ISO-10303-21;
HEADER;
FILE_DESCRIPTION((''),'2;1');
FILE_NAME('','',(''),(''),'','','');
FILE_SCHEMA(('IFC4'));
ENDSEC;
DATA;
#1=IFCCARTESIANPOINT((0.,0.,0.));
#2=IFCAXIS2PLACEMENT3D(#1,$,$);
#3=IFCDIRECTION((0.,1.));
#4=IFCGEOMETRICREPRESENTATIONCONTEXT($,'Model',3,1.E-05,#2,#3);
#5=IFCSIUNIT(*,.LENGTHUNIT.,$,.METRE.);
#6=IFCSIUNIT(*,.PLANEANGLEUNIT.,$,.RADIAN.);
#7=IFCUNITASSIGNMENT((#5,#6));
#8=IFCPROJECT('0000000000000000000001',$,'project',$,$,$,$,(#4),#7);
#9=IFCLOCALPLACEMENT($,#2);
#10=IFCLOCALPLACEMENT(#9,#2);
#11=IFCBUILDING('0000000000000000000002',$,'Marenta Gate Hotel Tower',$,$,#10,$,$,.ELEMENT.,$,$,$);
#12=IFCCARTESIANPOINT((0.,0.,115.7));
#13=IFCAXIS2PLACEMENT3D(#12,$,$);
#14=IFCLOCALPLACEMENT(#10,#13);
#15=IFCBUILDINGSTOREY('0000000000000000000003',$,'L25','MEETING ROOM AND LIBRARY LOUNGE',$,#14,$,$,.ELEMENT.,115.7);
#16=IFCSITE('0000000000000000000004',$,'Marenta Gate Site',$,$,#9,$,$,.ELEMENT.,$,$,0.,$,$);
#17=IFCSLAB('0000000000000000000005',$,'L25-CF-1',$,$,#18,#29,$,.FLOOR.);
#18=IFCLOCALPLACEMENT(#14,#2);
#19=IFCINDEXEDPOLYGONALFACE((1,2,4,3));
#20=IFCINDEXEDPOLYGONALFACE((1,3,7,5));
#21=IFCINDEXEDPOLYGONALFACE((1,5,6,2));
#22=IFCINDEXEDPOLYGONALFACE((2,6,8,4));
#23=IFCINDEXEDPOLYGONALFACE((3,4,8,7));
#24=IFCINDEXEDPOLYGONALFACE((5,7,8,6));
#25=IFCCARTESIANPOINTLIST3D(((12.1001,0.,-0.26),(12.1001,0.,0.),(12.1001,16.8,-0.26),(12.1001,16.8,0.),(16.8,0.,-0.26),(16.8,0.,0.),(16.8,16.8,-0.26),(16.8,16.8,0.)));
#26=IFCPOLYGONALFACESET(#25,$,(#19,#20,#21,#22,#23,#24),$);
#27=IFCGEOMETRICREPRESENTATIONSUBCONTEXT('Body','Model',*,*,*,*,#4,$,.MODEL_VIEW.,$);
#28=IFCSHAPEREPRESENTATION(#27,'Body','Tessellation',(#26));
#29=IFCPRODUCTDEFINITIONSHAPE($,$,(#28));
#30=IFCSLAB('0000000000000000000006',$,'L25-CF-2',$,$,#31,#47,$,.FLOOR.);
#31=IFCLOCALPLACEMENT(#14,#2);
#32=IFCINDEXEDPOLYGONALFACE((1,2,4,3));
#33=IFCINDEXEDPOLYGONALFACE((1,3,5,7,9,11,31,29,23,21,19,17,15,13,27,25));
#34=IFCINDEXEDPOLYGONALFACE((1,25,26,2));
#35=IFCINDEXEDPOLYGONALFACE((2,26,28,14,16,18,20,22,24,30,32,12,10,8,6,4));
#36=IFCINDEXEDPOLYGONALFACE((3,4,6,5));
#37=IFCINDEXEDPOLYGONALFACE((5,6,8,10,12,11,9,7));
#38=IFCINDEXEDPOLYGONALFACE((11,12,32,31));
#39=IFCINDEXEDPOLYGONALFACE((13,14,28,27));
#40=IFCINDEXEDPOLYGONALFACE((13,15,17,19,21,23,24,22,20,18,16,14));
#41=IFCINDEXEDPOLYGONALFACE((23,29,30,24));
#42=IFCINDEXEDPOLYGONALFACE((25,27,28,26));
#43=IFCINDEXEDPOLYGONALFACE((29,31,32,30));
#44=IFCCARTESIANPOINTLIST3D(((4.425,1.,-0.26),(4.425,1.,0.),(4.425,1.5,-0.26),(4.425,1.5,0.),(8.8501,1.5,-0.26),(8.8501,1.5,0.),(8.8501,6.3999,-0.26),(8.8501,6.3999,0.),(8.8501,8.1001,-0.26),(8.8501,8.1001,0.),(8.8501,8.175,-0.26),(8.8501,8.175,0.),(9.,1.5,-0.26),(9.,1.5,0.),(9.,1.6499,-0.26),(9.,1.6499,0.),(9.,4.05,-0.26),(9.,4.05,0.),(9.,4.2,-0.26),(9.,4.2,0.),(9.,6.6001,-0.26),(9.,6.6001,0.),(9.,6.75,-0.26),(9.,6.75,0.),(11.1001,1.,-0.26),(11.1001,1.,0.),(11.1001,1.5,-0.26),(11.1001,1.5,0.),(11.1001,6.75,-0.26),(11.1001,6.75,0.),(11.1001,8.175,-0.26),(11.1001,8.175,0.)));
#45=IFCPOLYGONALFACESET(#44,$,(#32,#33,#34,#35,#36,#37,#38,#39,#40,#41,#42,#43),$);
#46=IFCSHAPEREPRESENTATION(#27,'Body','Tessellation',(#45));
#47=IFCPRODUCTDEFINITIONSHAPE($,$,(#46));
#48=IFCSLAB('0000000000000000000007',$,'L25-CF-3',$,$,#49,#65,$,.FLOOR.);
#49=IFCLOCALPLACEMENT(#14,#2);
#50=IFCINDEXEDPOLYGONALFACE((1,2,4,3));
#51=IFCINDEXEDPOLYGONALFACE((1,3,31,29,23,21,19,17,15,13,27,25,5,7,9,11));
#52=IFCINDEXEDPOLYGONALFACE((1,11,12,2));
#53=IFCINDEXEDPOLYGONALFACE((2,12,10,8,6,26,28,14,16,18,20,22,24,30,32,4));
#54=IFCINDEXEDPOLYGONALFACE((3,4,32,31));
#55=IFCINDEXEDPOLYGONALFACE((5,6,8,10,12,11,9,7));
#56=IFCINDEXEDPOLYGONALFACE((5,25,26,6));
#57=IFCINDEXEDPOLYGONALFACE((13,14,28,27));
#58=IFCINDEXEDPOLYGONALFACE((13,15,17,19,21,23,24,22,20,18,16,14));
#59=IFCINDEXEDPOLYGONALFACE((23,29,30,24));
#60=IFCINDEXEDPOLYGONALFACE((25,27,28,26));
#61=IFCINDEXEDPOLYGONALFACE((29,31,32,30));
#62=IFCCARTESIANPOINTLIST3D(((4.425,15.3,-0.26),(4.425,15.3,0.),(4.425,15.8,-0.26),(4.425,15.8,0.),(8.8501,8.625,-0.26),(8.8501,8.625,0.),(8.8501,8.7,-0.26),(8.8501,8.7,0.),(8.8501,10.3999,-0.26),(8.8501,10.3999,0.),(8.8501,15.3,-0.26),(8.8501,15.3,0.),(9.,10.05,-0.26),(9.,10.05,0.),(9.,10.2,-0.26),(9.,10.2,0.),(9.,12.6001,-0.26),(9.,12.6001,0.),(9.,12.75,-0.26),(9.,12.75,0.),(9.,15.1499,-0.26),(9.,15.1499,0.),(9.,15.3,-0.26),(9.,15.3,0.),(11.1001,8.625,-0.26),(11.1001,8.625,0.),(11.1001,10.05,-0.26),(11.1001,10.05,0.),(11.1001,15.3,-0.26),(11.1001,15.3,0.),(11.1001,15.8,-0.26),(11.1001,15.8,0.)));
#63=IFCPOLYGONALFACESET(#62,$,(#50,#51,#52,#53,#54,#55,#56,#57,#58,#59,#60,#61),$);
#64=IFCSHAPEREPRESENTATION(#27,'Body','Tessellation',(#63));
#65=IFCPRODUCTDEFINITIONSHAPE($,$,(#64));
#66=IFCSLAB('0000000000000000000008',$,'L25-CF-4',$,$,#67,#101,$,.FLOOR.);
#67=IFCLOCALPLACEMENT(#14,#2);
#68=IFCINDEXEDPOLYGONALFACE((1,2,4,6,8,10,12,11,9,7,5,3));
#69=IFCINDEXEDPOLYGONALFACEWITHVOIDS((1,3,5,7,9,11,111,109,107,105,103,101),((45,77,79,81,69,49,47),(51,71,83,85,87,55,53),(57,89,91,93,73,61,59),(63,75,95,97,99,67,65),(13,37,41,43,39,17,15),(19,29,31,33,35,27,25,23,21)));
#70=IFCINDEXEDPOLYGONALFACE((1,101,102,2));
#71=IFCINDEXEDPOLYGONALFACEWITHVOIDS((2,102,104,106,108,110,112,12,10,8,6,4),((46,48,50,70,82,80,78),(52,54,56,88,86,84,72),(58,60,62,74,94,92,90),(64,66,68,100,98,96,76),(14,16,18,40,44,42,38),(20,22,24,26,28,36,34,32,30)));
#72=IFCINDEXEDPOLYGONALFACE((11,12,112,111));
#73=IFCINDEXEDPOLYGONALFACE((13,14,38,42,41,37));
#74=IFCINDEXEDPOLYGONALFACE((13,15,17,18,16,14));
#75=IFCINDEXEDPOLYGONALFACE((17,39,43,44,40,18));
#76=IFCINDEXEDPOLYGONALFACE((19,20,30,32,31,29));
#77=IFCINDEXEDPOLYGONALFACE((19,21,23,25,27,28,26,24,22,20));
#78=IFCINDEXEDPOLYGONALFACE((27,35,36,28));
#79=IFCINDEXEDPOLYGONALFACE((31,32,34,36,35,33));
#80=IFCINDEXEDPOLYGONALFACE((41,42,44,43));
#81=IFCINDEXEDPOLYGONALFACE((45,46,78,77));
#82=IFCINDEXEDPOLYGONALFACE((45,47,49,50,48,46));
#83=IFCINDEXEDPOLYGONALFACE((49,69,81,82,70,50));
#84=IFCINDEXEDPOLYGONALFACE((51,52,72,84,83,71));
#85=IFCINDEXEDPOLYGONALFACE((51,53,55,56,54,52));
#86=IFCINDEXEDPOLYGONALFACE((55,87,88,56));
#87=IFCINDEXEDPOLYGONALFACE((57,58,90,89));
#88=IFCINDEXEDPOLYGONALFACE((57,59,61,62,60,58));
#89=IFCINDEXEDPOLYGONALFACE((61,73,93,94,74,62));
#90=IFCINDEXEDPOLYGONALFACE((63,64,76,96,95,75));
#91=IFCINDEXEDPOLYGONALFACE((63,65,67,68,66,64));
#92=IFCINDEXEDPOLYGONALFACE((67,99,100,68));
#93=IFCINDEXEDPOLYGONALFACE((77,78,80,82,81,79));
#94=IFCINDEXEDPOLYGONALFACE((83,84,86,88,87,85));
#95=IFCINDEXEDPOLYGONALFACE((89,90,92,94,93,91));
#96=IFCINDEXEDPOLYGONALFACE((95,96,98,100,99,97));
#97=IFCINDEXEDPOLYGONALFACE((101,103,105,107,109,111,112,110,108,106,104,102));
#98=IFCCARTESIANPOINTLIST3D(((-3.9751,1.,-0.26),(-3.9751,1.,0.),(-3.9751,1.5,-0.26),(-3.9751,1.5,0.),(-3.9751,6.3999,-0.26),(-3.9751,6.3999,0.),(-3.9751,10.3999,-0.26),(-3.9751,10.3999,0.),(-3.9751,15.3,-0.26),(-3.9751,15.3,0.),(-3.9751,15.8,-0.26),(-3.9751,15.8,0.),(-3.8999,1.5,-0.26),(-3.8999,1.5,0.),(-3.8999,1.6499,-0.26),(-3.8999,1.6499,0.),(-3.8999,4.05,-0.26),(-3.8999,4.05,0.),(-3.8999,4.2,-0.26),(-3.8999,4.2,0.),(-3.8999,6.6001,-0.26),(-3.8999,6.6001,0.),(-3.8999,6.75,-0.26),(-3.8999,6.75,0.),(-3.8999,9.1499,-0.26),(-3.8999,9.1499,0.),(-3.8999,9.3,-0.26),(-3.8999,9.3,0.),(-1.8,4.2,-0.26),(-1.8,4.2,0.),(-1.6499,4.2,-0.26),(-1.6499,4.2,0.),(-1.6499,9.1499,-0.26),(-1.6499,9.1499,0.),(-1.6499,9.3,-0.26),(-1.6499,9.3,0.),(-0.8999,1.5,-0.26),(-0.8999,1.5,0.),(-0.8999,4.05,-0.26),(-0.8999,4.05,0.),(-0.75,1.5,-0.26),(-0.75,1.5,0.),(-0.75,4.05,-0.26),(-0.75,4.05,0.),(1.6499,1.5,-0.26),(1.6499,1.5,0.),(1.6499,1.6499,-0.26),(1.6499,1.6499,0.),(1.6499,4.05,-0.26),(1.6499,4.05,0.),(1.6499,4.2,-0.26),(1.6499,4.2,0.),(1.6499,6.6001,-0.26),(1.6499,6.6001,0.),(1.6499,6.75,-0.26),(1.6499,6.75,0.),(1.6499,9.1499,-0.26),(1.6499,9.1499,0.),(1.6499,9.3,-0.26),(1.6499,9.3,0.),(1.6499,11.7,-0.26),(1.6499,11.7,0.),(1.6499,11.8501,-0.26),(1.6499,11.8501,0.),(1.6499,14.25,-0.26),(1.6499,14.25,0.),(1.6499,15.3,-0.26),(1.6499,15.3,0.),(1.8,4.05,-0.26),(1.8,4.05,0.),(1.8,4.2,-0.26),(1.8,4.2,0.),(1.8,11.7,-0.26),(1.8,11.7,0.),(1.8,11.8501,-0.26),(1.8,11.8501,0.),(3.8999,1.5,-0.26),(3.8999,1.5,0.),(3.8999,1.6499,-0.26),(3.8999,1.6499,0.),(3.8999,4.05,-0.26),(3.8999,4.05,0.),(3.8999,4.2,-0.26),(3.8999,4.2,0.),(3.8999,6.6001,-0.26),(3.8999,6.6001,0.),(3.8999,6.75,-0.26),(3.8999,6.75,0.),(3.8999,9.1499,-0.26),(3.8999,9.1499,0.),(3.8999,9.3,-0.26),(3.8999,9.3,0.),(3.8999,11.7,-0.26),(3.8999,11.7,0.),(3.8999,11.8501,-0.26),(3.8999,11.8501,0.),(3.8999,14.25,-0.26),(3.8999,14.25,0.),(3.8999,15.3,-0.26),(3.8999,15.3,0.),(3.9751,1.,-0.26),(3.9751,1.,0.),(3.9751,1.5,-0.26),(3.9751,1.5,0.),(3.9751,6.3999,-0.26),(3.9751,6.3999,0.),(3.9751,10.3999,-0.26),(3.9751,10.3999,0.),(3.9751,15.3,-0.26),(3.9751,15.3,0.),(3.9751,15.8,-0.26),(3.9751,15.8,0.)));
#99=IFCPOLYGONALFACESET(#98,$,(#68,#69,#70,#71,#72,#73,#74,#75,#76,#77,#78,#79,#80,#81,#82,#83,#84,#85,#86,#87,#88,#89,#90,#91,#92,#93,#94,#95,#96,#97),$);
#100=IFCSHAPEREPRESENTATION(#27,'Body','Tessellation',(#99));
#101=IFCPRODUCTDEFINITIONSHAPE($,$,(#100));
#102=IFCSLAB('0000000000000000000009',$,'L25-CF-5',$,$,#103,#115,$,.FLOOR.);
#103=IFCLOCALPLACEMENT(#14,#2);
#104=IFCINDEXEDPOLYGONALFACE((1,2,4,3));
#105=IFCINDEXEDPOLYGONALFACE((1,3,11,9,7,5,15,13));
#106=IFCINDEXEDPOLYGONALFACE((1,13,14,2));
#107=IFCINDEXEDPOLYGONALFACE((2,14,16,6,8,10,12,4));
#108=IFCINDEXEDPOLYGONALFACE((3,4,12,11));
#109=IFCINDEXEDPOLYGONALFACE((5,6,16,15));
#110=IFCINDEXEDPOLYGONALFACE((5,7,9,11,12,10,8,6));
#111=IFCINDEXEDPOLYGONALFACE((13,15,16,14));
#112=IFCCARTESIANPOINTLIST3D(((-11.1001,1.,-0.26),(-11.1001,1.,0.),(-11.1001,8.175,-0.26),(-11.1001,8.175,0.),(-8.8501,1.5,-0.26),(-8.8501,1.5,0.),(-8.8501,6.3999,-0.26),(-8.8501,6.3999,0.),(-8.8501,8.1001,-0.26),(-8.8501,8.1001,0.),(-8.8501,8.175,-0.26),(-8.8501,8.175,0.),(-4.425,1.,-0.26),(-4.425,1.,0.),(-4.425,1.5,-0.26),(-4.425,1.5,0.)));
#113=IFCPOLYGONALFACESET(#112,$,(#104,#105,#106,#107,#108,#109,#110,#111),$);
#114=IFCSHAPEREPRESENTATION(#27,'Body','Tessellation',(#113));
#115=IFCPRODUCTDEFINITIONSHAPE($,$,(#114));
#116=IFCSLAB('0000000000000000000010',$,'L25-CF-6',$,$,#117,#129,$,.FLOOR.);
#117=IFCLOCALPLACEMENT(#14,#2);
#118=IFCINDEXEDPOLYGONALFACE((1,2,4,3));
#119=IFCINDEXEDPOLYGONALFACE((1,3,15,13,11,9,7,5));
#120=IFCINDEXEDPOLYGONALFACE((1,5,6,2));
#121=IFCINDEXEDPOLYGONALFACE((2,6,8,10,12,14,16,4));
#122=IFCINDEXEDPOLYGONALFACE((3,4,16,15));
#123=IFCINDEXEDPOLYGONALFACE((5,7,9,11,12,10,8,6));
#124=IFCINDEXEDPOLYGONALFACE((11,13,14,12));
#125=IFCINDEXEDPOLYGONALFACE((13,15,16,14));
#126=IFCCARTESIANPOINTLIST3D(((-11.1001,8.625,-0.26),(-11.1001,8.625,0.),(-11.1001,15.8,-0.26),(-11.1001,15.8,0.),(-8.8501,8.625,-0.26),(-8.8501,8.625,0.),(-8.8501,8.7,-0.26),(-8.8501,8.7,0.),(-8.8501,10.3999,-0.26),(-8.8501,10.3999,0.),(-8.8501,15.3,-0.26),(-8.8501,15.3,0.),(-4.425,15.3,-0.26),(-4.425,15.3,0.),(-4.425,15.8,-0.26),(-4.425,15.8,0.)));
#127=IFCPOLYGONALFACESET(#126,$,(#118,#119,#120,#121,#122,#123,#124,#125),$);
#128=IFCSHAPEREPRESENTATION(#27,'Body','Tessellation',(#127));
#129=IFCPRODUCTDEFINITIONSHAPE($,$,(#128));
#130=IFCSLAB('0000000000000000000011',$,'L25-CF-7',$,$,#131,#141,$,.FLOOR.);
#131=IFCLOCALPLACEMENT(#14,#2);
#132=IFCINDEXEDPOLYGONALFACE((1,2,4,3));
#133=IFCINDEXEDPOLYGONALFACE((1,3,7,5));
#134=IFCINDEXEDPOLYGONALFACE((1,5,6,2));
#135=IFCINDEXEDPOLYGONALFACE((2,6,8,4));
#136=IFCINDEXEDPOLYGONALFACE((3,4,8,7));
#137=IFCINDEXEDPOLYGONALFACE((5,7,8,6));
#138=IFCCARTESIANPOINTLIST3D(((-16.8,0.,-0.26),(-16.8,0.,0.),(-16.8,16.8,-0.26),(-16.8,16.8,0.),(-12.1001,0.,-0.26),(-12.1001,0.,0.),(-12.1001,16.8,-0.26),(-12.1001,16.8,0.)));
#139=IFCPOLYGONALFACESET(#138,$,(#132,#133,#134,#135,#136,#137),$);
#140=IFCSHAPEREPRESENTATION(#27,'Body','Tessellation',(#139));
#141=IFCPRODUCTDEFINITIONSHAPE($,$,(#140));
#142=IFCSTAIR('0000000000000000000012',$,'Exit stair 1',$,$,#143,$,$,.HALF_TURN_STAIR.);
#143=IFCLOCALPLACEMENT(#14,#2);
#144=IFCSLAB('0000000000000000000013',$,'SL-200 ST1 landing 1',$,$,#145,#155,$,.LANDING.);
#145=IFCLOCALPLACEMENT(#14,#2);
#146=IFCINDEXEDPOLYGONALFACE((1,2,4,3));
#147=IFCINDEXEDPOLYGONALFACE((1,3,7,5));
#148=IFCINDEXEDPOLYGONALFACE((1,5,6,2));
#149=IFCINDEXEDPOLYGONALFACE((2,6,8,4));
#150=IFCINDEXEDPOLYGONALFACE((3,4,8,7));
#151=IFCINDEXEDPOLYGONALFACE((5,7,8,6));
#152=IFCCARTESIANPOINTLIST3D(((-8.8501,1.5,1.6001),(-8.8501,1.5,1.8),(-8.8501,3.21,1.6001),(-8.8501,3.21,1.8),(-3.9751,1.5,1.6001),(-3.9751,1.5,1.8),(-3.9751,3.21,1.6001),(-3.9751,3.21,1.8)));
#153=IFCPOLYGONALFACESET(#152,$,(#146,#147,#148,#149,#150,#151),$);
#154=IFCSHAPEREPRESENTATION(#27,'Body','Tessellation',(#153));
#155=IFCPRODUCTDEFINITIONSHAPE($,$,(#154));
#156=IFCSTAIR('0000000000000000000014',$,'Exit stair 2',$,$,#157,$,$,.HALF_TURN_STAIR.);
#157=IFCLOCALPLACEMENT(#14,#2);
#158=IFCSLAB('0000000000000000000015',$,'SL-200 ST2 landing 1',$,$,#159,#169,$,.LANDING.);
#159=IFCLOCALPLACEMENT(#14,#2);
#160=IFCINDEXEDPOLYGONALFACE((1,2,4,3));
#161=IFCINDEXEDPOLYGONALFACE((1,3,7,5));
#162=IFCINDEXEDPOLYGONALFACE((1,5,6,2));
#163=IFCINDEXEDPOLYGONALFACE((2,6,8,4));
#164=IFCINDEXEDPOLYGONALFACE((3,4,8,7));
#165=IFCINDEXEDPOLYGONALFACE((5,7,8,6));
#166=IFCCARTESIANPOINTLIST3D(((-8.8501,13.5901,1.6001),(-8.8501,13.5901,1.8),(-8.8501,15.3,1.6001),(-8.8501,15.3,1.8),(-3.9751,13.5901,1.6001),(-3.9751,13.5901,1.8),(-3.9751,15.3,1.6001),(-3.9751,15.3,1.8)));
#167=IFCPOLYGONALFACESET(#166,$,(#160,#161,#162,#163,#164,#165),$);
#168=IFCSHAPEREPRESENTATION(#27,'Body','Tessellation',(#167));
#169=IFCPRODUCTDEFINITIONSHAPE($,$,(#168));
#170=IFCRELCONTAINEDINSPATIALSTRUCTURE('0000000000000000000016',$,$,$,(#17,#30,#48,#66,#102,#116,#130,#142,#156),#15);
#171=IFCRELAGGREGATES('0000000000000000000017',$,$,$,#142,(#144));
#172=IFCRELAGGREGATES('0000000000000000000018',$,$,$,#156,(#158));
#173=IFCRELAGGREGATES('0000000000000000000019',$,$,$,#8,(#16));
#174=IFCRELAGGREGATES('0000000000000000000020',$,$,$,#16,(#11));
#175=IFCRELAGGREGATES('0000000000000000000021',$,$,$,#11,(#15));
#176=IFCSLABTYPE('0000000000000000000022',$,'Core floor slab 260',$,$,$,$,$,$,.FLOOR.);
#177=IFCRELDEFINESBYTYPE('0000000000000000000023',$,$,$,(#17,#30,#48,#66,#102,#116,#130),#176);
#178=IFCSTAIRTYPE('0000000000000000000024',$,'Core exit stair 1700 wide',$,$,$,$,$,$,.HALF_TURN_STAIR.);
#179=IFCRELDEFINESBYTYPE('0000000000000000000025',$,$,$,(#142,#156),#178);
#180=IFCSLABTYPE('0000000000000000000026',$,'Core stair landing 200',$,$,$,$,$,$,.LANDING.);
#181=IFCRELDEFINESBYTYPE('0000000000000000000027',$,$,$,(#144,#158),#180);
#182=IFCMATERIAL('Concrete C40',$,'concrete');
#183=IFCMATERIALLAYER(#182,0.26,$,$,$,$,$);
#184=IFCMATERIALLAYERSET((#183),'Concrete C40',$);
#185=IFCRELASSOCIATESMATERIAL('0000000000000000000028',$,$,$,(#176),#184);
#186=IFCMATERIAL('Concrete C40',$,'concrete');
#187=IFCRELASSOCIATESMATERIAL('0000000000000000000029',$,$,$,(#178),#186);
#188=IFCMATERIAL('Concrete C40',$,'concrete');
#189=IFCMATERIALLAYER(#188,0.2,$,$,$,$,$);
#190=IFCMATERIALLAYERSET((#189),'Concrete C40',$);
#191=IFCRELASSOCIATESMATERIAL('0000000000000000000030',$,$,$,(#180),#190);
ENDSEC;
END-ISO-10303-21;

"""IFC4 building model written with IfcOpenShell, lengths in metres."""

from ifc_helpers import new_model, si_unit, direction, frame, origin, place, context, subcontext, project, spatial, polyline, outline, extrude, material, layer, layer_set, type_object, element, aggregate, save


model = new_model("IFC4")

# Units and contexts
model_context = context("Model", 3, precision=1e-05, world=origin(), true_north=direction((0.0, 1.0)))
body_context = subcontext(model_context, "Body", "Model", "MODEL_VIEW")
ifc_project = project(units=[si_unit("LENGTHUNIT", "METRE"), si_unit("PLANEANGLEUNIT", "RADIAN")], contexts=[model_context])

# Site, building, storey
site_placement = place(None, origin())
site = spatial("IfcSite", under=ifc_project, at=site_placement, Name="Marenta Gate Site", CompositionType="ELEMENT", RefElevation=0.0)
building_placement = place(site_placement, origin())
building = spatial("IfcBuilding", under=site, at=building_placement, Name="Marenta Gate Hotel Tower", CompositionType="ELEMENT")
storey_placement = place(building_placement, frame((0.0, 0.0, 115.7)))
storey = spatial("IfcBuildingStorey", under=building, at=storey_placement, Name="L25", Description="MEETING ROOM AND LIBRARY LOUNGE", CompositionType="ELEMENT", Elevation=115.7)

# Slabs
ifc_material_1 = material(Name="Concrete C40", Category="concrete")
ifc_layer_1 = layer(ifc_material_1, 0.26)
ifc_layer_set_1 = layer_set([ifc_layer_1], Name="Concrete C40")
slab_type_1 = type_object("IfcSlabType", Name="Core floor slab 260", PredefinedType="FLOOR", material=ifc_layer_set_1)
slab_1_placement = place(storey_placement, frame((0.0, 0.0, -0.26)))
element("IfcSlab", 1, at=slab_1_placement, inside=storey, type_object=slab_type_1, Name="L25-CF-1", PredefinedType="FLOOR", context=body_context, shape_type="SweptSolid", body=[
    extrude(outline(polyline([(12.1001, 0.0), (12.1001, 16.8), (16.8, 16.8), (16.8, 0.0), (12.1001, 0.0)])), origin(), (0.0, 0.0, 1.0), 0.26),
])
slab_2_placement = place(storey_placement, frame((0.0, 0.0, -0.26)))
element("IfcSlab", 2, at=slab_2_placement, inside=storey, type_object=slab_type_1, Name="L25-CF-2", PredefinedType="FLOOR", context=body_context, shape_type="SweptSolid", body=[
    extrude(outline(polyline([(8.8501, 1.5), (8.8501, 6.3999), (8.8501, 8.1001), (8.8501, 8.175), (11.1001, 8.175), (11.1001, 6.75), (9.0, 6.75), (9.0, 6.6001), (9.0, 4.2), (9.0, 4.05), (9.0, 1.6499), (9.0, 1.5), (11.1001, 1.5), (11.1001, 1.0), (4.425, 1.0), (4.425, 1.5), (8.8501, 1.5)])), origin(), (0.0, 0.0, 1.0), 0.26),
])
slab_3_placement = place(storey_placement, frame((0.0, 0.0, -0.26)))
element("IfcSlab", 3, at=slab_3_placement, inside=storey, type_object=slab_type_1, Name="L25-CF-3", PredefinedType="FLOOR", context=body_context, shape_type="SweptSolid", body=[
    extrude(outline(polyline([(8.8501, 15.3), (4.425, 15.3), (4.425, 15.8), (11.1001, 15.8), (11.1001, 15.3), (9.0, 15.3), (9.0, 15.1499), (9.0, 12.75), (9.0, 12.6001), (9.0, 10.2), (9.0, 10.05), (11.1001, 10.05), (11.1001, 8.625), (8.8501, 8.625), (8.8501, 8.7), (8.8501, 10.3999), (8.8501, 15.3)])), origin(), (0.0, 0.0, 1.0), 0.26),
])
slab_4_placement = place(storey_placement, frame((0.0, 0.0, -0.26)))
element("IfcSlab", 4, at=slab_4_placement, inside=storey, type_object=slab_type_1, Name="L25-CF-4", PredefinedType="FLOOR", context=body_context, shape_type="SweptSolid", body=[
    extrude(outline(polyline([(3.9751, 15.3), (3.9751, 10.3999), (3.9751, 6.3999), (3.9751, 1.5), (3.9751, 1.0), (-3.9751, 1.0), (-3.9751, 1.5), (-3.9751, 6.3999), (-3.9751, 10.3999), (-3.9751, 15.3), (-3.9751, 15.8), (3.9751, 15.8), (3.9751, 15.3)]), holes=[polyline([(1.6499, 1.5), (3.8999, 1.5), (3.8999, 1.6499), (3.8999, 4.05), (1.8, 4.05), (1.6499, 4.05), (1.6499, 1.6499), (1.6499, 1.5)]), polyline([(1.6499, 6.6001), (1.6499, 4.2), (1.8, 4.2), (3.8999, 4.2), (3.8999, 6.6001), (3.8999, 6.75), (1.6499, 6.75), (1.6499, 6.6001)]), polyline([(1.6499, 9.1499), (3.8999, 9.1499), (3.8999, 9.3), (3.8999, 11.7), (1.8, 11.7), (1.6499, 11.7), (1.6499, 9.3), (1.6499, 9.1499)]), polyline([(1.6499, 15.3), (1.6499, 14.25), (1.6499, 11.8501), (1.8, 11.8501), (3.8999, 11.8501), (3.8999, 14.25), (3.8999, 15.3), (1.6499, 15.3)]), polyline([(-3.8999, 4.05), (-3.8999, 1.6499), (-3.8999, 1.5), (-0.8999, 1.5), (-0.75, 1.5), (-0.75, 4.05), (-0.8999, 4.05), (-3.8999, 4.05)]), polyline([(-1.8, 4.2), (-1.6499, 4.2), (-1.6499, 9.1499), (-1.6499, 9.3), (-3.8999, 9.3), (-3.8999, 9.1499), (-3.8999, 6.75), (-3.8999, 6.6001), (-3.8999, 4.2), (-1.8, 4.2)])]), origin(), (0.0, 0.0, 1.0), 0.26),
])
slab_5_placement = place(storey_placement, frame((0.0, 0.0, -0.26)))
element("IfcSlab", 5, at=slab_5_placement, inside=storey, type_object=slab_type_1, Name="L25-CF-5", PredefinedType="FLOOR", context=body_context, shape_type="SweptSolid", body=[
    extrude(outline(polyline([(-8.8501, 8.175), (-8.8501, 8.1001), (-8.8501, 6.3999), (-8.8501, 1.5), (-4.425, 1.5), (-4.425, 1.0), (-11.1001, 1.0), (-11.1001, 8.175), (-8.8501, 8.175)])), origin(), (0.0, 0.0, 1.0), 0.26),
])
slab_6_placement = place(storey_placement, frame((0.0, 0.0, -0.26)))
element("IfcSlab", 6, at=slab_6_placement, inside=storey, type_object=slab_type_1, Name="L25-CF-6", PredefinedType="FLOOR", context=body_context, shape_type="SweptSolid", body=[
    extrude(outline(polyline([(-4.425, 15.3), (-8.8501, 15.3), (-8.8501, 10.3999), (-8.8501, 8.7), (-8.8501, 8.625), (-11.1001, 8.625), (-11.1001, 15.8), (-4.425, 15.8), (-4.425, 15.3)])), origin(), (0.0, 0.0, 1.0), 0.26),
])
slab_7_placement = place(storey_placement, frame((0.0, 0.0, -0.26)))
element("IfcSlab", 7, at=slab_7_placement, inside=storey, type_object=slab_type_1, Name="L25-CF-7", PredefinedType="FLOOR", context=body_context, shape_type="SweptSolid", body=[
    extrude(outline(polyline([(-12.1001, 16.8), (-12.1001, 0.0), (-16.8, 0.0), (-16.8, 16.8), (-12.1001, 16.8)])), origin(), (0.0, 0.0, 1.0), 0.26),
])

# Stairs, slabs
ifc_material_2 = material(Name="Concrete C40", Category="concrete")
stair_type_1 = type_object("IfcStairType", Name="Core exit stair 1700 wide", PredefinedType="HALF_TURN_STAIR", material=ifc_material_2)
stair_1_placement = place(storey_placement, origin())
stair_1 = element("IfcStair", 8, at=stair_1_placement, inside=storey, type_object=stair_type_1, Name="Exit stair 1", PredefinedType="HALF_TURN_STAIR")
ifc_material_3 = material(Name="Concrete C40", Category="concrete")
ifc_layer_2 = layer(ifc_material_3, 0.2)
ifc_layer_set_2 = layer_set([ifc_layer_2], Name="Concrete C40")
slab_type_2 = type_object("IfcSlabType", Name="Core stair landing 200", PredefinedType="LANDING", material=ifc_layer_set_2)
slab_8_placement = place(storey_placement, frame((0.0, 0.0, 1.6001)))
slab_8 = element("IfcSlab", 9, at=slab_8_placement, type_object=slab_type_2, Name="SL-200 ST1 landing 1", PredefinedType="LANDING", context=body_context, shape_type="SweptSolid", body=[
    extrude(outline(polyline([(-8.8501, 1.5), (-3.9751, 1.5), (-3.9751, 3.21), (-8.8501, 3.21), (-8.8501, 1.5)])), origin(), (0.0, 0.0, 1.0), 0.2),
])
aggregate(stair_1, [slab_8])
stair_2_placement = place(storey_placement, origin())
stair_2 = element("IfcStair", 10, at=stair_2_placement, inside=storey, type_object=stair_type_1, Name="Exit stair 2", PredefinedType="HALF_TURN_STAIR")
slab_9_placement = place(storey_placement, frame((0.0, 0.0, 1.6001)))
slab_9 = element("IfcSlab", 11, at=slab_9_placement, type_object=slab_type_2, Name="SL-200 ST2 landing 1", PredefinedType="LANDING", context=body_context, shape_type="SweptSolid", body=[
    extrude(outline(polyline([(-8.8501, 13.5901), (-3.9751, 13.5901), (-3.9751, 15.3), (-8.8501, 15.3), (-8.8501, 13.5901)])), origin(), (0.0, 0.0, 1.0), 0.2),
])
aggregate(stair_2, [slab_9])

save(model, "model.ifc")
